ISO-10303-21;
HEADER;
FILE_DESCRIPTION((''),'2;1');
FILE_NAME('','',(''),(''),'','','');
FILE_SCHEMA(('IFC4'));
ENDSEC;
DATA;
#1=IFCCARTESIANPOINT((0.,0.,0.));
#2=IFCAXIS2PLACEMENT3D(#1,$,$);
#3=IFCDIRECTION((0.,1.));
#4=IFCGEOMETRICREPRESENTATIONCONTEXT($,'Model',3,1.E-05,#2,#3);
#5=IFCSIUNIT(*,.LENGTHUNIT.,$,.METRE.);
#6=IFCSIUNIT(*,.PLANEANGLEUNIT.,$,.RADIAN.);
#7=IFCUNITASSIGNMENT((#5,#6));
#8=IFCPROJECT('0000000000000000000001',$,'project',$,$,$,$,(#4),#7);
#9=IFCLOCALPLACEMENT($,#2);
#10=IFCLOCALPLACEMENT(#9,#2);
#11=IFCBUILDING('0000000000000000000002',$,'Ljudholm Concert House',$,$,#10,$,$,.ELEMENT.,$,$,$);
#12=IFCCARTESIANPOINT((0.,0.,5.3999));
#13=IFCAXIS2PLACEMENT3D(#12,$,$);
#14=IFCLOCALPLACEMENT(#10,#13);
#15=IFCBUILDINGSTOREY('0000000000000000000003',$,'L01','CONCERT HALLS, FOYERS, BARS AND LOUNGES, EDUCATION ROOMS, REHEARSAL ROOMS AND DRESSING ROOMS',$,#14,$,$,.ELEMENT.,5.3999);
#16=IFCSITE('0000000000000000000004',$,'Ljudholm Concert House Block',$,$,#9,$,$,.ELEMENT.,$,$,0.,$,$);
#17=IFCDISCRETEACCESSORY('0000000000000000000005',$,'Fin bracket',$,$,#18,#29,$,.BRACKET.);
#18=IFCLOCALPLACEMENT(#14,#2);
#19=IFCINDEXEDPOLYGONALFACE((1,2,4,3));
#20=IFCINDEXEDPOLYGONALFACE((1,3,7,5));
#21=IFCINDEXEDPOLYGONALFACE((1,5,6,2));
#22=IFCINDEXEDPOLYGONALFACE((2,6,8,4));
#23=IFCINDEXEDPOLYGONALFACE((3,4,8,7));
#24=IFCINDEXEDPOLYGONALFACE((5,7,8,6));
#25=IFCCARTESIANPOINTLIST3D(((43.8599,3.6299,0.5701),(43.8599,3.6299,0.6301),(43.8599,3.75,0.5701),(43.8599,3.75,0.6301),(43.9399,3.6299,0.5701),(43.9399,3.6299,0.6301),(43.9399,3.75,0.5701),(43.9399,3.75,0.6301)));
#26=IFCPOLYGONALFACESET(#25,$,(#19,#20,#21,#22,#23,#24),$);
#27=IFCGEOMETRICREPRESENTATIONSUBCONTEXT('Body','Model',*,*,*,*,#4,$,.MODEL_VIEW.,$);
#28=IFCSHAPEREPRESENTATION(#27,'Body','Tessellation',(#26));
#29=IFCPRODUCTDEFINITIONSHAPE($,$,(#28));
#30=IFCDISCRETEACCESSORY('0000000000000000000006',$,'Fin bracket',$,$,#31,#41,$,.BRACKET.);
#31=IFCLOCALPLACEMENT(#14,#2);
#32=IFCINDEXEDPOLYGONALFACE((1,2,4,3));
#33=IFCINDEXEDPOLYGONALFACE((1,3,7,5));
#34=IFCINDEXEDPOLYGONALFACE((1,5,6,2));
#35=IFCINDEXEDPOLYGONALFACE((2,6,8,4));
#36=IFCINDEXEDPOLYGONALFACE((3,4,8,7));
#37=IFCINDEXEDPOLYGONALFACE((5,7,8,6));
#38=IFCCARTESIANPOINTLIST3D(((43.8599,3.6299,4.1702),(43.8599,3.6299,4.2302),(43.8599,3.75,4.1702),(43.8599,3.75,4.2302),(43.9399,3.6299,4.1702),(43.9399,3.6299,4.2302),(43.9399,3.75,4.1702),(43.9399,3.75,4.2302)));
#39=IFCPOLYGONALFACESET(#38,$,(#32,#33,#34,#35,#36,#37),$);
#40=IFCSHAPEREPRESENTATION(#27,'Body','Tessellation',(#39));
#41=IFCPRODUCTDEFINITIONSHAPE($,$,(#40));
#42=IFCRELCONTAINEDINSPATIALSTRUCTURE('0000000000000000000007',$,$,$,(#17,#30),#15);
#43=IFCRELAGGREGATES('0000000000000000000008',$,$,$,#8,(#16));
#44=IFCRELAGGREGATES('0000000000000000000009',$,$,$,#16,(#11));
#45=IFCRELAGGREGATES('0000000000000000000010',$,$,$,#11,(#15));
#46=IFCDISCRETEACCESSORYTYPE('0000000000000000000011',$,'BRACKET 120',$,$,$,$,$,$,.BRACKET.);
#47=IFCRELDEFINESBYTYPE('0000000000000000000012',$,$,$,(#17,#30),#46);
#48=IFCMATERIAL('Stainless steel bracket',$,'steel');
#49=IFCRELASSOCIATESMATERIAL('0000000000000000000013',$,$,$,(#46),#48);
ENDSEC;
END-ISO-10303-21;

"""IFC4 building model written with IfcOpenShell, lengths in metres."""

from ifc_helpers import new_model, si_unit, direction, frame, origin, origin_2d, place, context, subcontext, project, spatial, rectangle, extrude, material, type_object, element, save


model = new_model("IFC4")

# Units and contexts
model_context = context("Model", 3, precision=1e-05, world=origin(), true_north=direction((0.0, 1.0)))
body_context = subcontext(model_context, "Body", "Model", "MODEL_VIEW")
ifc_project = project(units=[si_unit("LENGTHUNIT", "METRE"), si_unit("PLANEANGLEUNIT", "RADIAN")], contexts=[model_context])

# Site, building, storey
site_placement = place(None, origin())
site = spatial("IfcSite", under=ifc_project, at=site_placement, Name="Ljudholm Concert House Block", CompositionType="ELEMENT", RefElevation=0.0)
building_placement = place(site_placement, origin())
building = spatial("IfcBuilding", under=site, at=building_placement, Name="Ljudholm Concert House", CompositionType="ELEMENT")
storey_placement = place(building_placement, frame((0.0, 0.0, 5.3999)))
storey = spatial("IfcBuildingStorey", under=building, at=storey_placement, Name="L01", Description="CONCERT HALLS, FOYERS, BARS AND LOUNGES, EDUCATION ROOMS, REHEARSAL ROOMS AND DRESSING ROOMS", CompositionType="ELEMENT", Elevation=5.3999)

# Discrete accessories
ifc_material_1 = material(Name="Stainless steel bracket", Category="steel")
discrete_accessory_type = type_object("IfcDiscreteAccessoryType", Name="BRACKET 120", PredefinedType="BRACKET", material=ifc_material_1)
for number, where, z_axis, x_axis, name in (
    (1, (43.8999, 3.6899, 0.5701), (0.0, 0.0, 1.0), (0.0, -1.0, 0.0), "Fin bracket"),
    (2, (43.8999, 3.6899, 4.1702), (0.0, 0.0, 1.0), (0.0, -1.0, 0.0), "Fin bracket"),
):
    element("IfcDiscreteAccessory", number, at=place(storey_placement, frame(where, z_axis=z_axis, x_axis=x_axis)), inside=storey, type_object=discrete_accessory_type, Name=name, PredefinedType="BRACKET", context=body_context, shape_type="SweptSolid", body=[
        extrude(rectangle(XDim=0.1201, YDim=0.0801, at=origin_2d()), origin(), (0.0, 0.0, 1.0), 0.0601),
    ])

save(model, "model.ifc")
